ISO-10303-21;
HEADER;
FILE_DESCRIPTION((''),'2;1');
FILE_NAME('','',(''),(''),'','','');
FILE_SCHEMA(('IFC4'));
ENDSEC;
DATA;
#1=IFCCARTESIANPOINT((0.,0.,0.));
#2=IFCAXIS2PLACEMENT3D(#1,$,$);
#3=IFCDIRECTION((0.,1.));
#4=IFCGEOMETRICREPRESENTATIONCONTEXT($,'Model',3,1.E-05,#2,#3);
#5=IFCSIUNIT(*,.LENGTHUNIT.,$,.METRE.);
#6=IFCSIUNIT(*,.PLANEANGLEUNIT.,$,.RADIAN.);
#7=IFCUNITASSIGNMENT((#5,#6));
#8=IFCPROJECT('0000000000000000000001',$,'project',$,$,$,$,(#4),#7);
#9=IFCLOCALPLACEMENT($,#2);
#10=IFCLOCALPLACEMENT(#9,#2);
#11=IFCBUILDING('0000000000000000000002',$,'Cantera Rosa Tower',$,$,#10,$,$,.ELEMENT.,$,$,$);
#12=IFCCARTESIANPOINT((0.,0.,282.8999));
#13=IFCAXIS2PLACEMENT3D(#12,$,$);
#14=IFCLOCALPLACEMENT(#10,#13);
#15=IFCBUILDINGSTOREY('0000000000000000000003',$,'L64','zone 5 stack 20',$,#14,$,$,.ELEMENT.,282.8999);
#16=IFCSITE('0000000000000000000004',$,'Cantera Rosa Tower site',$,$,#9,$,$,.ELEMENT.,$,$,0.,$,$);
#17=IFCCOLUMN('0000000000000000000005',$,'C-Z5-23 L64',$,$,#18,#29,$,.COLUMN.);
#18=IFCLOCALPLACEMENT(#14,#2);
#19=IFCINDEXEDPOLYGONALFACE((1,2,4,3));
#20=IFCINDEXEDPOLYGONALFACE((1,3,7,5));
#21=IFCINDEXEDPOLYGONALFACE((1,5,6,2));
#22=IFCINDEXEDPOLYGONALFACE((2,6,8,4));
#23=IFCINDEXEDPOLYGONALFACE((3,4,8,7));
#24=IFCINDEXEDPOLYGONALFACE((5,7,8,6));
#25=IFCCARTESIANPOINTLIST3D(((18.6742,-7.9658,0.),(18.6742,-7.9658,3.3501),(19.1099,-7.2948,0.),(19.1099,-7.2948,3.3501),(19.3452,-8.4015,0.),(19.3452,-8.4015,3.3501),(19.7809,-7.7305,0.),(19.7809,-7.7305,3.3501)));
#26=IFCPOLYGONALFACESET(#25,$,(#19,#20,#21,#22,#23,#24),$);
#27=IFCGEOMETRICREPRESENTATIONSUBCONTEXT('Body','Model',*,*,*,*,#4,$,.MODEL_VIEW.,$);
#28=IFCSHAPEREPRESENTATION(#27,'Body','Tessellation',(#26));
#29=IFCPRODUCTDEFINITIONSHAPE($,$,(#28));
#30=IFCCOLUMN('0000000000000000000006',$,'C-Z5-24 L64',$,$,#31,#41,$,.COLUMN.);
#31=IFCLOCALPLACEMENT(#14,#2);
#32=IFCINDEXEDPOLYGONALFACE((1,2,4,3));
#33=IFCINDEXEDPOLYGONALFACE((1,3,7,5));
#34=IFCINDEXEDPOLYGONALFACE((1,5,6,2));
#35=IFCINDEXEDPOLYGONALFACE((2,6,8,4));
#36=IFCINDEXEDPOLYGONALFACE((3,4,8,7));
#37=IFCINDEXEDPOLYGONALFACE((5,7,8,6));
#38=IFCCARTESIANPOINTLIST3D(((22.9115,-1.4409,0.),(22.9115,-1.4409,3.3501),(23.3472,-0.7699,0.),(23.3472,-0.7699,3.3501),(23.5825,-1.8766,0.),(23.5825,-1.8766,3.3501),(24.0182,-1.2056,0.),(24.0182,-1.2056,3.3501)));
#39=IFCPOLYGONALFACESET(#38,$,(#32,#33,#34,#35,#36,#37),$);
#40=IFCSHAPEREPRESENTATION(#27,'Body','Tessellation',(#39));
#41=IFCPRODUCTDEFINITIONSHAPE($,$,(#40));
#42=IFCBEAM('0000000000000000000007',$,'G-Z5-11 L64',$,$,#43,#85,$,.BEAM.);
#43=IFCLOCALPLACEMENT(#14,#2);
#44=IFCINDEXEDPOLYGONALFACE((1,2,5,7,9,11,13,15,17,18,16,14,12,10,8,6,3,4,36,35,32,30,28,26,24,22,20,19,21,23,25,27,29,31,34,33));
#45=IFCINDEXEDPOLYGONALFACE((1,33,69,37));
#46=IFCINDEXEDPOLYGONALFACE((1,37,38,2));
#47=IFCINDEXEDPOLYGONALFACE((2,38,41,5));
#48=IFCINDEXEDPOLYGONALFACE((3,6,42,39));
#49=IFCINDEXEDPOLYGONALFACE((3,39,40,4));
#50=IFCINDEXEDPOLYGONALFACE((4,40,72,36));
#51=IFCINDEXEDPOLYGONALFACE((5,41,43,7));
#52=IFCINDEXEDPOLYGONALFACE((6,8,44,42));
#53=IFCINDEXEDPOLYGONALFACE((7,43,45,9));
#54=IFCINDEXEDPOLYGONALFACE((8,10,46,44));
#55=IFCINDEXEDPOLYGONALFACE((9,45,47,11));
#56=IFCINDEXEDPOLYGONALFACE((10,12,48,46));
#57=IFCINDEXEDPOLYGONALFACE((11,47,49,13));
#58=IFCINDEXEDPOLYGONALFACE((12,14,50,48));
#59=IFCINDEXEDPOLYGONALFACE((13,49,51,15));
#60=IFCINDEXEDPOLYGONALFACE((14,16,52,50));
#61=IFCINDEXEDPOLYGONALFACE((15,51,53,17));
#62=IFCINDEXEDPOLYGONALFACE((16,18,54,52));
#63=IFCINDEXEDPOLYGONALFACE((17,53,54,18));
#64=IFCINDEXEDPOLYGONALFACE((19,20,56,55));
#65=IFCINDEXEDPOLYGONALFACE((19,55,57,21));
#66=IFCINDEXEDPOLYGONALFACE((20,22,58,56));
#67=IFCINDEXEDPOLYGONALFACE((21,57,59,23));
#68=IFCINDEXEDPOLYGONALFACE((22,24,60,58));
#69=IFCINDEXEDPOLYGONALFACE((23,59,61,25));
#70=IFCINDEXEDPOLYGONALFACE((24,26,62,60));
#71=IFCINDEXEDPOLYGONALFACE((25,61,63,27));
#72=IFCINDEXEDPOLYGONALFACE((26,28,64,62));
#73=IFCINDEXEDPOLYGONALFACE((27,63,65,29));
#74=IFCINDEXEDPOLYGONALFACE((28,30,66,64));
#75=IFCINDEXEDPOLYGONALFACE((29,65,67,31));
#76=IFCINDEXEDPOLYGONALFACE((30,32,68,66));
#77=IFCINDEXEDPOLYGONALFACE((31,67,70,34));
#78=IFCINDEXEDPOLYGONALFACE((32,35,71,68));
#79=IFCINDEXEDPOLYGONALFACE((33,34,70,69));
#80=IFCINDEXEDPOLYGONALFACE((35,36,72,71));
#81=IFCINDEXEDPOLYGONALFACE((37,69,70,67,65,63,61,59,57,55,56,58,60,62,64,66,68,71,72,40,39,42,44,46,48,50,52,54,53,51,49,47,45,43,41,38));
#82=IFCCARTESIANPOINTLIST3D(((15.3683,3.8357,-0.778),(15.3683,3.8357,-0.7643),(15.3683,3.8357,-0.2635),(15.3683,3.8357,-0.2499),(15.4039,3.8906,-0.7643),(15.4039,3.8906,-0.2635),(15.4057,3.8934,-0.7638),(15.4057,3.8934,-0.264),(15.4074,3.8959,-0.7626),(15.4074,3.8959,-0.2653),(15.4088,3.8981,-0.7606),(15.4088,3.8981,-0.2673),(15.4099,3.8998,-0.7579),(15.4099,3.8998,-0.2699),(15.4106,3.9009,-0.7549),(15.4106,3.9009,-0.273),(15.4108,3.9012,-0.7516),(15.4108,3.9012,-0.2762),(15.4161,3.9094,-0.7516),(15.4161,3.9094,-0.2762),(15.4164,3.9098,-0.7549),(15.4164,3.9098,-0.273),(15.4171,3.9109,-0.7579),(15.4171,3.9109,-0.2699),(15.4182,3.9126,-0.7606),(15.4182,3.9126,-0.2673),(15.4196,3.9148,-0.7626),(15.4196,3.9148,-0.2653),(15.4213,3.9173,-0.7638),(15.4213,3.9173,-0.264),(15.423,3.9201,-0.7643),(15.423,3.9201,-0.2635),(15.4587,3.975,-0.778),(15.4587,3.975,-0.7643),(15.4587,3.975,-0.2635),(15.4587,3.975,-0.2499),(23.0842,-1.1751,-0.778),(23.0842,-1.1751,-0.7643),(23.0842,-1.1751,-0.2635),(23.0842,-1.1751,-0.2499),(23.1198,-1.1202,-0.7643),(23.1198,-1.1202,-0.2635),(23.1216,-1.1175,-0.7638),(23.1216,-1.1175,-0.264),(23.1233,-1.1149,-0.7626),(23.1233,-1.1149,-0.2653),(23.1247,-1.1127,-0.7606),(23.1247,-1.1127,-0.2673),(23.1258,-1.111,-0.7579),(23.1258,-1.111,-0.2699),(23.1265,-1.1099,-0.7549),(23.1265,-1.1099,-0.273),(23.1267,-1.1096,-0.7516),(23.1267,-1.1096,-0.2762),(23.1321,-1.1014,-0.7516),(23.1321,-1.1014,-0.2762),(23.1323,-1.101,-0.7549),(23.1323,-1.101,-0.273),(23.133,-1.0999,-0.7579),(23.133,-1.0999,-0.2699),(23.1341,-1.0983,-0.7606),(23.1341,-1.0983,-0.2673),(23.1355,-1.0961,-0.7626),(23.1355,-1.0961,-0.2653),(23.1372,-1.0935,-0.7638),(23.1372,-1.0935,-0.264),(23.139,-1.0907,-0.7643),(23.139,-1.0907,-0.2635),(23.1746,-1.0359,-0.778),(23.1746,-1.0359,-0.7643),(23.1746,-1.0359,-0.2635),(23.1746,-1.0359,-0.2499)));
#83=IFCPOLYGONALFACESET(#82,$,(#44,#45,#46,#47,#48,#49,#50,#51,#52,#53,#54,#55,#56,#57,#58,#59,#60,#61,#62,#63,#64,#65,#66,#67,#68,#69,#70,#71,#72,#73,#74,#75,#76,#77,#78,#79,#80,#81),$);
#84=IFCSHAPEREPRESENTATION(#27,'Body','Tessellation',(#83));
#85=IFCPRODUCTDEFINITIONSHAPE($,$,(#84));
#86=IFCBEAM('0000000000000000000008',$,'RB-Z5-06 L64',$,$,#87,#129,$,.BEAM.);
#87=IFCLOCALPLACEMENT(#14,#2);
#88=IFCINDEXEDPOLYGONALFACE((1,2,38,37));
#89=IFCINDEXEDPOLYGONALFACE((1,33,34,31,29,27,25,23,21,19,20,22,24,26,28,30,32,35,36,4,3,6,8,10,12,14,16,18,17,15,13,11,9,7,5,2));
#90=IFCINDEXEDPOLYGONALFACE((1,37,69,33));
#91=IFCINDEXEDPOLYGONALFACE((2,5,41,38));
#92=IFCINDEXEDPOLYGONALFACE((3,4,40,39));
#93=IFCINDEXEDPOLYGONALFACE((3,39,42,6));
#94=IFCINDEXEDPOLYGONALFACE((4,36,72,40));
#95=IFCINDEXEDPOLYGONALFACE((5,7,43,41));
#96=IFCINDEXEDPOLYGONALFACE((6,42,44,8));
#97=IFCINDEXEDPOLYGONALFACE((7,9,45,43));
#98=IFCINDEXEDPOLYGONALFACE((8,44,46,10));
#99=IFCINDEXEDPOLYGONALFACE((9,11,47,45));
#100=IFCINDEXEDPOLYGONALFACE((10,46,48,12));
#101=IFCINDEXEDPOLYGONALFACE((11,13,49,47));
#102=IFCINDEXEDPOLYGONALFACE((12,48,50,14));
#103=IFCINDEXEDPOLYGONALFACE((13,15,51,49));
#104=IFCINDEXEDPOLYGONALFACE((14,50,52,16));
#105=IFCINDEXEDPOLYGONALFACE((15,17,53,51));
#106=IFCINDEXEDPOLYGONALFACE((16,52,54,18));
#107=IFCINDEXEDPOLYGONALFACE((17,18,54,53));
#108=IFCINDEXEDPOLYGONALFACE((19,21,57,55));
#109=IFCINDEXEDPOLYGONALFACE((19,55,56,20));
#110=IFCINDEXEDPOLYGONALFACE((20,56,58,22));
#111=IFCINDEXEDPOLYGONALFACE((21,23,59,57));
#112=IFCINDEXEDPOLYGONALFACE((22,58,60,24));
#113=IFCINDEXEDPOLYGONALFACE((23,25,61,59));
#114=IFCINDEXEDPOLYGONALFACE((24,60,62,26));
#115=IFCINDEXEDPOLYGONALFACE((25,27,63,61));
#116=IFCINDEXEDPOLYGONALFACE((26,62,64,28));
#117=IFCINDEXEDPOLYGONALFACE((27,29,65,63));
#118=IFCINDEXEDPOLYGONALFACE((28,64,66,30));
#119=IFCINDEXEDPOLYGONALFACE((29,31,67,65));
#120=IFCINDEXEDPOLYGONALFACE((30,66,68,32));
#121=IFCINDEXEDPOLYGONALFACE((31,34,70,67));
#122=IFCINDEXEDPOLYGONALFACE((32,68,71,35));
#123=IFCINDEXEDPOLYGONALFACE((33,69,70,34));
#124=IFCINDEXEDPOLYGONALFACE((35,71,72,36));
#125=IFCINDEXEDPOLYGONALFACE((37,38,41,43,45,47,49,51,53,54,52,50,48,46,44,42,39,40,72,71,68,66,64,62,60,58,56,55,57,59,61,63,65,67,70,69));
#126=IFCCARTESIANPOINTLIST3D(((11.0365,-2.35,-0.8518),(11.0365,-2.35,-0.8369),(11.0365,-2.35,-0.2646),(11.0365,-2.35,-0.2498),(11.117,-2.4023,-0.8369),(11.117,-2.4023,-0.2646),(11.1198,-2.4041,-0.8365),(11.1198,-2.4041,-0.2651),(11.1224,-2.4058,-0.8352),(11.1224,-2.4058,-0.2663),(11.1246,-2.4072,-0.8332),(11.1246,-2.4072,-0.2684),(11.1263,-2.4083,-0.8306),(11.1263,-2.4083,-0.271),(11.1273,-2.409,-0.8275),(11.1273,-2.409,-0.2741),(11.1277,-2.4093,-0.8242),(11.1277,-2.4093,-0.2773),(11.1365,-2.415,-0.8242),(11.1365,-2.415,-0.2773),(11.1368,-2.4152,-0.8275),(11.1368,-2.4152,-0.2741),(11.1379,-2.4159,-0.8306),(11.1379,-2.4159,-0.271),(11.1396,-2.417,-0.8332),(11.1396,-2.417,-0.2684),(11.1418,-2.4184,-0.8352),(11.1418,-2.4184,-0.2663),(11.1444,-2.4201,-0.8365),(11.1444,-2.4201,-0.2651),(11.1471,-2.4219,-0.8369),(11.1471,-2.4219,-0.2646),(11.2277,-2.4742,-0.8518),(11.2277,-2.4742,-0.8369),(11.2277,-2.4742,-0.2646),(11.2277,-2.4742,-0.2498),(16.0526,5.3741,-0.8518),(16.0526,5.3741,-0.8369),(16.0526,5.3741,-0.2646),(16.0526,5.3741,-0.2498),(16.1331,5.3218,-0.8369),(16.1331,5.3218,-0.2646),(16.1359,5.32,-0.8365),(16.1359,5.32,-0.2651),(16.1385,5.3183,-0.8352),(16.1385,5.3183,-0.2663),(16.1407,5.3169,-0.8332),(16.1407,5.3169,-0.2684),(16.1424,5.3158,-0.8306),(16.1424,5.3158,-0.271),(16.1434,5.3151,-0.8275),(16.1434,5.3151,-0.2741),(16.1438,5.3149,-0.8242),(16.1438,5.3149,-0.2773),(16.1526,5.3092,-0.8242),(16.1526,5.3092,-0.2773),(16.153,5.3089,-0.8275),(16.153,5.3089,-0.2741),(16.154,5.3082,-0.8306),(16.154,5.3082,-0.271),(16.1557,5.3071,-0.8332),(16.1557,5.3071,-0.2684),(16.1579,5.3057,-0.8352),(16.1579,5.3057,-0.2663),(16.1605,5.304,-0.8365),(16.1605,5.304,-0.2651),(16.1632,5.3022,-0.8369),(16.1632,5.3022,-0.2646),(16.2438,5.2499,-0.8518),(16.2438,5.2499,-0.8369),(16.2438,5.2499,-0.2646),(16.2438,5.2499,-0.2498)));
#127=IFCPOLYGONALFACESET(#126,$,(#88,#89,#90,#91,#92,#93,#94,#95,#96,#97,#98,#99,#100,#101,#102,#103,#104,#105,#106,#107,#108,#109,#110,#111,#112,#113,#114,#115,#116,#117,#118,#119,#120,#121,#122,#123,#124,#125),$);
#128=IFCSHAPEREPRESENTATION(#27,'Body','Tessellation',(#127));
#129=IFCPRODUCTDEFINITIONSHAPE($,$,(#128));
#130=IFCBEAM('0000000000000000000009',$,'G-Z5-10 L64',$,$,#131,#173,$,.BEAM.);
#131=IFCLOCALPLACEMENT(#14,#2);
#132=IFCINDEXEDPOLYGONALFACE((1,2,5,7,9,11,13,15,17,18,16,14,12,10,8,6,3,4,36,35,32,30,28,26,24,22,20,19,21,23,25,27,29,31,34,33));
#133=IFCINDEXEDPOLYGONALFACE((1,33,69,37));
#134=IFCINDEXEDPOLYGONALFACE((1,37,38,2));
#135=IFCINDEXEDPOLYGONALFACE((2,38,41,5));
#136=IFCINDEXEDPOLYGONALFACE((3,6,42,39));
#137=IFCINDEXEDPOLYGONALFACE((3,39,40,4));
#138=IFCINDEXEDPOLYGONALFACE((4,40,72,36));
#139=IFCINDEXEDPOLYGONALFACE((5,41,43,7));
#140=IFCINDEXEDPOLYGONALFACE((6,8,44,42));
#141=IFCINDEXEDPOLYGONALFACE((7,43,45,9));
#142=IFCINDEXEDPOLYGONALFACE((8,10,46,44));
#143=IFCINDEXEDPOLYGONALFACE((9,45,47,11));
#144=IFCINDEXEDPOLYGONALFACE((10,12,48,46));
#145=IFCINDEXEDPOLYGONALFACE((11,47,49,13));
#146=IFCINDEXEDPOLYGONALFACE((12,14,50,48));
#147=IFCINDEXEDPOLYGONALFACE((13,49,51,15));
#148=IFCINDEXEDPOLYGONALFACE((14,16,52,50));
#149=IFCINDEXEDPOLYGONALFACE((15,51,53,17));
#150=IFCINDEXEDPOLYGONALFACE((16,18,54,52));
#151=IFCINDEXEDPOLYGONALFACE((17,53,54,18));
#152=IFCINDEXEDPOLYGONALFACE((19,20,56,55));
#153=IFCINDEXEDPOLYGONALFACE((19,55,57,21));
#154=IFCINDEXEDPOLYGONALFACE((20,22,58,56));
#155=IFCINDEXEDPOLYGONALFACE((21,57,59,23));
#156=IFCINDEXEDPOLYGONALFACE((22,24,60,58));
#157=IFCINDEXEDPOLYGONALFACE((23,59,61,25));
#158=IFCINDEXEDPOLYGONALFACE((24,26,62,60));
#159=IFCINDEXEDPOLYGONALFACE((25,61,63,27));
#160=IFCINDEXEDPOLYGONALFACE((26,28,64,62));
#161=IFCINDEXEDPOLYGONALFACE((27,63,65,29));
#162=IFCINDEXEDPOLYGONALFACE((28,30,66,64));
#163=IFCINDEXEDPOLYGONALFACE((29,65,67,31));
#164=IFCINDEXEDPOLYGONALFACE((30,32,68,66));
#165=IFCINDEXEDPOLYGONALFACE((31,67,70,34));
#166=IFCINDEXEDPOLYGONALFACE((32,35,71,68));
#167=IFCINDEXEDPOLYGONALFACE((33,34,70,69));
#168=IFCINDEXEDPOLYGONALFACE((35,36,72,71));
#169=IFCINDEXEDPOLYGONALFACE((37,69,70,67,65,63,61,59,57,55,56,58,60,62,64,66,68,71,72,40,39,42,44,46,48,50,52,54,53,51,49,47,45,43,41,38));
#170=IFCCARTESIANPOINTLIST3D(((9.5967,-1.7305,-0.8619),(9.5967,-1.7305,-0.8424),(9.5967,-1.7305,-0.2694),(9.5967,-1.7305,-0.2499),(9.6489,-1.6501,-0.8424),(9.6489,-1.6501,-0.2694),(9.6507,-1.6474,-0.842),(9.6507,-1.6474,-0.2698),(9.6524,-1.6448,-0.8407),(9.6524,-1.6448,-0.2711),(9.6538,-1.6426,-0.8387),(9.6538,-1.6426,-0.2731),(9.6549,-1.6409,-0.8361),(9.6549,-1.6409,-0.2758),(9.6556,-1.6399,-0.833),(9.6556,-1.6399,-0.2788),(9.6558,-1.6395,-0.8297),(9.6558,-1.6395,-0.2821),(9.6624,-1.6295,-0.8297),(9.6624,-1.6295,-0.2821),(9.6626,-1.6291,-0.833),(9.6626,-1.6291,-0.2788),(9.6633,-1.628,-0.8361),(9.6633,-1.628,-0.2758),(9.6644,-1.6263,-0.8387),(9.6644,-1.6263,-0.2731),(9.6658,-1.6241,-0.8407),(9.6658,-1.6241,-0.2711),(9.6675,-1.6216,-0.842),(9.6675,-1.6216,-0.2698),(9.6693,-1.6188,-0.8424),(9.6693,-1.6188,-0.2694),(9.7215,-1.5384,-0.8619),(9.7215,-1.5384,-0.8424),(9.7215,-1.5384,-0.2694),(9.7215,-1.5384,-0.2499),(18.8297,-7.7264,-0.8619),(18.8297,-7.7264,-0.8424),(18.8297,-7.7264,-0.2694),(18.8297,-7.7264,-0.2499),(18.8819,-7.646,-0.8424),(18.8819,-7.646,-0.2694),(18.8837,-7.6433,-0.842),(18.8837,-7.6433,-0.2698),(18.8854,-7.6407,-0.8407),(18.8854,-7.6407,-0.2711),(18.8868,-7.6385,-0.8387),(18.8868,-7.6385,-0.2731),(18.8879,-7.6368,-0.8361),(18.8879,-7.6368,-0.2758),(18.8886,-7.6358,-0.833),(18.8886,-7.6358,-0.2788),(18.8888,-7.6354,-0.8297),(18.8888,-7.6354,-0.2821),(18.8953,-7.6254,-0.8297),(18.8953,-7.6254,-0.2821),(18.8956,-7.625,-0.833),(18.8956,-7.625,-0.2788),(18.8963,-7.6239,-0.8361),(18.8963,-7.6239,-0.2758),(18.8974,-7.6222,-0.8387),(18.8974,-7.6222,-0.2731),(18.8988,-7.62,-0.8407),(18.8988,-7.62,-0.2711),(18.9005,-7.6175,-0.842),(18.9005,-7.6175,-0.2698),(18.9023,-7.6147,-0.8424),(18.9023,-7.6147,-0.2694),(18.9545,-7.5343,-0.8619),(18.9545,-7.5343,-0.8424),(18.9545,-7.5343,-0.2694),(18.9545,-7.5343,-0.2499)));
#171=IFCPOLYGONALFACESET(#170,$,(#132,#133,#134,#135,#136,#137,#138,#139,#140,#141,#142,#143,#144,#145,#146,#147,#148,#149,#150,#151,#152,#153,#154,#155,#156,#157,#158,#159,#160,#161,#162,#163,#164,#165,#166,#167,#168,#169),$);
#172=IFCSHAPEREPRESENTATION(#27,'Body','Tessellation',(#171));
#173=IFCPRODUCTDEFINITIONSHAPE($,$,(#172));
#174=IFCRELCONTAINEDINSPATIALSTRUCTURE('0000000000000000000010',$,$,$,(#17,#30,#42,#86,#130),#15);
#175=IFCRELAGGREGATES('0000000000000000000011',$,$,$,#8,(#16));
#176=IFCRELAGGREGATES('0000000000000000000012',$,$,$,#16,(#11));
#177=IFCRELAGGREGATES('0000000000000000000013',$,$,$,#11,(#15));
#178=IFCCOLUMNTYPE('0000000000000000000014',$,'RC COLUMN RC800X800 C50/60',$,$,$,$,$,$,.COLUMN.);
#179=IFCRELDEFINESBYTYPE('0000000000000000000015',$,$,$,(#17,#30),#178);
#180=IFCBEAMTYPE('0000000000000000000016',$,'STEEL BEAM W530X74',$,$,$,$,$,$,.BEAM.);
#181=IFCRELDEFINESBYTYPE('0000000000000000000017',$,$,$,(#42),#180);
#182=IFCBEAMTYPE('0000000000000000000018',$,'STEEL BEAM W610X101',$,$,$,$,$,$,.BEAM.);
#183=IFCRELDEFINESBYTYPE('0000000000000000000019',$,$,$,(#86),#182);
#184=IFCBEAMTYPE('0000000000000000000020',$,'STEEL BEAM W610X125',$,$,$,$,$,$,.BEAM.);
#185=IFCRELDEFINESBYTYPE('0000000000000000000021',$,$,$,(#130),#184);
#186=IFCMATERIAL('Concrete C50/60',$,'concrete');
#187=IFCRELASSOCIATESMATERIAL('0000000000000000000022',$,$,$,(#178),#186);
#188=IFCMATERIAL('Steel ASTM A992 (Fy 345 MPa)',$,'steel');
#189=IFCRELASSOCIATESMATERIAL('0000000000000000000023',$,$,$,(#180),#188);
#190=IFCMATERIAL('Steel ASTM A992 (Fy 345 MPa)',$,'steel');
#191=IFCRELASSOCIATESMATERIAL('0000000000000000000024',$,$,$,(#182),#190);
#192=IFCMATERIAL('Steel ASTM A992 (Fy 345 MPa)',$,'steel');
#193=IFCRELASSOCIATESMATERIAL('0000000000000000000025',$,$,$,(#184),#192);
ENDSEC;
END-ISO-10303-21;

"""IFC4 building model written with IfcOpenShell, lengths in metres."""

from ifc_helpers import new_model, si_unit, direction, frame, origin, origin_2d, place, context, subcontext, project, spatial, rectangle, i_section, extrude, material, material_profile, profile_set, type_object, element, save


model = new_model("IFC4")

# Units and contexts
model_context = context("Model", 3, precision=1e-05, world=origin(), true_north=direction((0.0, 1.0)))
body_context = subcontext(model_context, "Body", "Model", "MODEL_VIEW")
ifc_project = project(units=[si_unit("LENGTHUNIT", "METRE"), si_unit("PLANEANGLEUNIT", "RADIAN")], contexts=[model_context])

# Site, building, storey
site_placement = place(None, origin())
site = spatial("IfcSite", under=ifc_project, at=site_placement, Name="Cantera Rosa Tower site", CompositionType="ELEMENT", RefElevation=0.0)
building_placement = place(site_placement, origin())
building = spatial("IfcBuilding", under=site, at=building_placement, Name="Cantera Rosa Tower", CompositionType="ELEMENT")
storey_placement = place(building_placement, frame((0.0, 0.0, 282.8999)))
storey = spatial("IfcBuildingStorey", under=building, at=storey_placement, Name="L64", Description="zone 5 stack 20", CompositionType="ELEMENT", Elevation=282.8999)

# Columns
ifc_material_1 = material(Name="Concrete C50/60", Category="concrete")
ifc_material_profile_1 = material_profile(ifc_material_1, rectangle(XDim=0.8, YDim=0.8, at=origin_2d()), Name="RC COLUMN RC800X800 C50/60")
ifc_profile_set_1 = profile_set([ifc_material_profile_1], Name="Concrete C50/60")
column_type = type_object("IfcColumnType", Name="RC COLUMN RC800X800 C50/60", PredefinedType="COLUMN", material=ifc_profile_set_1)
for number, where, z_axis, x_axis, name in (
    (1, (19.2275, -7.8481, 0.0), (0.0, 0.0, 1.0), (0.544639, 0.838671, 0.0), "C-Z5-23 L64"),
    (2, (23.4648, -1.3232, 0.0), (0.0, 0.0, 1.0), (0.544639, 0.838671, 0.0), "C-Z5-24 L64"),
):
    element("IfcColumn", number, at=place(storey_placement, frame(where, z_axis=z_axis, x_axis=x_axis)), inside=storey, type_object=column_type, Name=name, PredefinedType="COLUMN", context=body_context, shape_type="SweptSolid", body=[
        extrude(rectangle(XDim=0.8, YDim=0.8, at=origin_2d()), origin(), (0.0, 0.0, 1.0), 3.3501),
    ])

# Beams
ifc_material_2 = material(Name="Steel ASTM A992 (Fy 345 MPa)", Category="steel")
ifc_material_profile_2 = material_profile(ifc_material_2, i_section(OverallWidth=0.166, OverallDepth=0.5281, WebThickness=0.0098, FlangeThickness=0.0137, FilletRadius=0.0127, at=origin_2d()), Name="W530X74")
ifc_profile_set_2 = profile_set([ifc_material_profile_2], Name="Steel ASTM A992 (Fy 345 MPa)")
beam_type_1 = type_object("IfcBeamType", Name="STEEL BEAM W530X74", PredefinedType="BEAM", material=ifc_profile_set_2)
beam_1_placement = place(storey_placement, frame((23.1294, -1.1055, -0.5139), z_axis=(-0.838669, 0.544641, 0.0), x_axis=(-0.544641, -0.838669, 0.0)))
element("IfcBeam", 3, at=beam_1_placement, inside=storey, type_object=beam_type_1, Name="G-Z5-11 L64", PredefinedType="BEAM", context=body_context, shape_type="SweptSolid", body=[
    extrude(i_section(OverallWidth=0.166, OverallDepth=0.5281, WebThickness=0.0098, FlangeThickness=0.0137, FilletRadius=0.0127, at=origin_2d()), origin(), (0.0, 0.0, 1.0), 9.2002),
])
ifc_material_3 = material(Name="Steel ASTM A992 (Fy 345 MPa)", Category="steel")
ifc_material_profile_3 = material_profile(ifc_material_3, i_section(OverallWidth=0.228, OverallDepth=0.6021, WebThickness=0.0105, FlangeThickness=0.0149, FilletRadius=0.0127, at=origin_2d()), Name="W610X101")
ifc_profile_set_3 = profile_set([ifc_material_profile_3], Name="Steel ASTM A992 (Fy 345 MPa)")
beam_type_2 = type_object("IfcBeamType", Name="STEEL BEAM W610X101", PredefinedType="BEAM", material=ifc_profile_set_3)
beam_2_placement = place(storey_placement, frame((11.1321, -2.4121, -0.5508), z_axis=(0.54464, 0.83867, 0.0), x_axis=(-0.83867, 0.54464, 0.0)))
element("IfcBeam", 4, at=beam_2_placement, inside=storey, type_object=beam_type_2, Name="RB-Z5-06 L64", PredefinedType="BEAM", context=body_context, shape_type="SweptSolid", body=[
    extrude(i_section(OverallWidth=0.228, OverallDepth=0.6021, WebThickness=0.0105, FlangeThickness=0.0149, FilletRadius=0.0127, at=origin_2d()), origin(), (0.0, 0.0, 1.0), 9.21),
])
ifc_material_4 = material(Name="Steel ASTM A992 (Fy 345 MPa)", Category="steel")
ifc_material_profile_4 = material_profile(ifc_material_4, i_section(OverallWidth=0.229, OverallDepth=0.6121, WebThickness=0.012, FlangeThickness=0.0195, FilletRadius=0.0127, at=origin_2d()), Name="W610X125")
ifc_profile_set_4 = profile_set([ifc_material_profile_4], Name="Steel ASTM A992 (Fy 345 MPa)")
beam_type_3 = type_object("IfcBeamType", Name="STEEL BEAM W610X125", PredefinedType="BEAM", material=ifc_profile_set_4)
beam_3_placement = place(storey_placement, frame((18.8921, -7.6304, -0.5559), z_axis=(-0.838674, 0.544634, 0.0), x_axis=(-0.544634, -0.838674, 0.0)))
element("IfcBeam", 5, at=beam_3_placement, inside=storey, type_object=beam_type_3, Name="G-Z5-10 L64", PredefinedType="BEAM", context=body_context, shape_type="SweptSolid", body=[
    extrude(i_section(OverallWidth=0.229, OverallDepth=0.6121, WebThickness=0.012, FlangeThickness=0.0195, FilletRadius=0.0127, at=origin_2d()), origin(), (0.0, 0.0, 1.0), 11.009),
])

save(model, "model.ifc")
